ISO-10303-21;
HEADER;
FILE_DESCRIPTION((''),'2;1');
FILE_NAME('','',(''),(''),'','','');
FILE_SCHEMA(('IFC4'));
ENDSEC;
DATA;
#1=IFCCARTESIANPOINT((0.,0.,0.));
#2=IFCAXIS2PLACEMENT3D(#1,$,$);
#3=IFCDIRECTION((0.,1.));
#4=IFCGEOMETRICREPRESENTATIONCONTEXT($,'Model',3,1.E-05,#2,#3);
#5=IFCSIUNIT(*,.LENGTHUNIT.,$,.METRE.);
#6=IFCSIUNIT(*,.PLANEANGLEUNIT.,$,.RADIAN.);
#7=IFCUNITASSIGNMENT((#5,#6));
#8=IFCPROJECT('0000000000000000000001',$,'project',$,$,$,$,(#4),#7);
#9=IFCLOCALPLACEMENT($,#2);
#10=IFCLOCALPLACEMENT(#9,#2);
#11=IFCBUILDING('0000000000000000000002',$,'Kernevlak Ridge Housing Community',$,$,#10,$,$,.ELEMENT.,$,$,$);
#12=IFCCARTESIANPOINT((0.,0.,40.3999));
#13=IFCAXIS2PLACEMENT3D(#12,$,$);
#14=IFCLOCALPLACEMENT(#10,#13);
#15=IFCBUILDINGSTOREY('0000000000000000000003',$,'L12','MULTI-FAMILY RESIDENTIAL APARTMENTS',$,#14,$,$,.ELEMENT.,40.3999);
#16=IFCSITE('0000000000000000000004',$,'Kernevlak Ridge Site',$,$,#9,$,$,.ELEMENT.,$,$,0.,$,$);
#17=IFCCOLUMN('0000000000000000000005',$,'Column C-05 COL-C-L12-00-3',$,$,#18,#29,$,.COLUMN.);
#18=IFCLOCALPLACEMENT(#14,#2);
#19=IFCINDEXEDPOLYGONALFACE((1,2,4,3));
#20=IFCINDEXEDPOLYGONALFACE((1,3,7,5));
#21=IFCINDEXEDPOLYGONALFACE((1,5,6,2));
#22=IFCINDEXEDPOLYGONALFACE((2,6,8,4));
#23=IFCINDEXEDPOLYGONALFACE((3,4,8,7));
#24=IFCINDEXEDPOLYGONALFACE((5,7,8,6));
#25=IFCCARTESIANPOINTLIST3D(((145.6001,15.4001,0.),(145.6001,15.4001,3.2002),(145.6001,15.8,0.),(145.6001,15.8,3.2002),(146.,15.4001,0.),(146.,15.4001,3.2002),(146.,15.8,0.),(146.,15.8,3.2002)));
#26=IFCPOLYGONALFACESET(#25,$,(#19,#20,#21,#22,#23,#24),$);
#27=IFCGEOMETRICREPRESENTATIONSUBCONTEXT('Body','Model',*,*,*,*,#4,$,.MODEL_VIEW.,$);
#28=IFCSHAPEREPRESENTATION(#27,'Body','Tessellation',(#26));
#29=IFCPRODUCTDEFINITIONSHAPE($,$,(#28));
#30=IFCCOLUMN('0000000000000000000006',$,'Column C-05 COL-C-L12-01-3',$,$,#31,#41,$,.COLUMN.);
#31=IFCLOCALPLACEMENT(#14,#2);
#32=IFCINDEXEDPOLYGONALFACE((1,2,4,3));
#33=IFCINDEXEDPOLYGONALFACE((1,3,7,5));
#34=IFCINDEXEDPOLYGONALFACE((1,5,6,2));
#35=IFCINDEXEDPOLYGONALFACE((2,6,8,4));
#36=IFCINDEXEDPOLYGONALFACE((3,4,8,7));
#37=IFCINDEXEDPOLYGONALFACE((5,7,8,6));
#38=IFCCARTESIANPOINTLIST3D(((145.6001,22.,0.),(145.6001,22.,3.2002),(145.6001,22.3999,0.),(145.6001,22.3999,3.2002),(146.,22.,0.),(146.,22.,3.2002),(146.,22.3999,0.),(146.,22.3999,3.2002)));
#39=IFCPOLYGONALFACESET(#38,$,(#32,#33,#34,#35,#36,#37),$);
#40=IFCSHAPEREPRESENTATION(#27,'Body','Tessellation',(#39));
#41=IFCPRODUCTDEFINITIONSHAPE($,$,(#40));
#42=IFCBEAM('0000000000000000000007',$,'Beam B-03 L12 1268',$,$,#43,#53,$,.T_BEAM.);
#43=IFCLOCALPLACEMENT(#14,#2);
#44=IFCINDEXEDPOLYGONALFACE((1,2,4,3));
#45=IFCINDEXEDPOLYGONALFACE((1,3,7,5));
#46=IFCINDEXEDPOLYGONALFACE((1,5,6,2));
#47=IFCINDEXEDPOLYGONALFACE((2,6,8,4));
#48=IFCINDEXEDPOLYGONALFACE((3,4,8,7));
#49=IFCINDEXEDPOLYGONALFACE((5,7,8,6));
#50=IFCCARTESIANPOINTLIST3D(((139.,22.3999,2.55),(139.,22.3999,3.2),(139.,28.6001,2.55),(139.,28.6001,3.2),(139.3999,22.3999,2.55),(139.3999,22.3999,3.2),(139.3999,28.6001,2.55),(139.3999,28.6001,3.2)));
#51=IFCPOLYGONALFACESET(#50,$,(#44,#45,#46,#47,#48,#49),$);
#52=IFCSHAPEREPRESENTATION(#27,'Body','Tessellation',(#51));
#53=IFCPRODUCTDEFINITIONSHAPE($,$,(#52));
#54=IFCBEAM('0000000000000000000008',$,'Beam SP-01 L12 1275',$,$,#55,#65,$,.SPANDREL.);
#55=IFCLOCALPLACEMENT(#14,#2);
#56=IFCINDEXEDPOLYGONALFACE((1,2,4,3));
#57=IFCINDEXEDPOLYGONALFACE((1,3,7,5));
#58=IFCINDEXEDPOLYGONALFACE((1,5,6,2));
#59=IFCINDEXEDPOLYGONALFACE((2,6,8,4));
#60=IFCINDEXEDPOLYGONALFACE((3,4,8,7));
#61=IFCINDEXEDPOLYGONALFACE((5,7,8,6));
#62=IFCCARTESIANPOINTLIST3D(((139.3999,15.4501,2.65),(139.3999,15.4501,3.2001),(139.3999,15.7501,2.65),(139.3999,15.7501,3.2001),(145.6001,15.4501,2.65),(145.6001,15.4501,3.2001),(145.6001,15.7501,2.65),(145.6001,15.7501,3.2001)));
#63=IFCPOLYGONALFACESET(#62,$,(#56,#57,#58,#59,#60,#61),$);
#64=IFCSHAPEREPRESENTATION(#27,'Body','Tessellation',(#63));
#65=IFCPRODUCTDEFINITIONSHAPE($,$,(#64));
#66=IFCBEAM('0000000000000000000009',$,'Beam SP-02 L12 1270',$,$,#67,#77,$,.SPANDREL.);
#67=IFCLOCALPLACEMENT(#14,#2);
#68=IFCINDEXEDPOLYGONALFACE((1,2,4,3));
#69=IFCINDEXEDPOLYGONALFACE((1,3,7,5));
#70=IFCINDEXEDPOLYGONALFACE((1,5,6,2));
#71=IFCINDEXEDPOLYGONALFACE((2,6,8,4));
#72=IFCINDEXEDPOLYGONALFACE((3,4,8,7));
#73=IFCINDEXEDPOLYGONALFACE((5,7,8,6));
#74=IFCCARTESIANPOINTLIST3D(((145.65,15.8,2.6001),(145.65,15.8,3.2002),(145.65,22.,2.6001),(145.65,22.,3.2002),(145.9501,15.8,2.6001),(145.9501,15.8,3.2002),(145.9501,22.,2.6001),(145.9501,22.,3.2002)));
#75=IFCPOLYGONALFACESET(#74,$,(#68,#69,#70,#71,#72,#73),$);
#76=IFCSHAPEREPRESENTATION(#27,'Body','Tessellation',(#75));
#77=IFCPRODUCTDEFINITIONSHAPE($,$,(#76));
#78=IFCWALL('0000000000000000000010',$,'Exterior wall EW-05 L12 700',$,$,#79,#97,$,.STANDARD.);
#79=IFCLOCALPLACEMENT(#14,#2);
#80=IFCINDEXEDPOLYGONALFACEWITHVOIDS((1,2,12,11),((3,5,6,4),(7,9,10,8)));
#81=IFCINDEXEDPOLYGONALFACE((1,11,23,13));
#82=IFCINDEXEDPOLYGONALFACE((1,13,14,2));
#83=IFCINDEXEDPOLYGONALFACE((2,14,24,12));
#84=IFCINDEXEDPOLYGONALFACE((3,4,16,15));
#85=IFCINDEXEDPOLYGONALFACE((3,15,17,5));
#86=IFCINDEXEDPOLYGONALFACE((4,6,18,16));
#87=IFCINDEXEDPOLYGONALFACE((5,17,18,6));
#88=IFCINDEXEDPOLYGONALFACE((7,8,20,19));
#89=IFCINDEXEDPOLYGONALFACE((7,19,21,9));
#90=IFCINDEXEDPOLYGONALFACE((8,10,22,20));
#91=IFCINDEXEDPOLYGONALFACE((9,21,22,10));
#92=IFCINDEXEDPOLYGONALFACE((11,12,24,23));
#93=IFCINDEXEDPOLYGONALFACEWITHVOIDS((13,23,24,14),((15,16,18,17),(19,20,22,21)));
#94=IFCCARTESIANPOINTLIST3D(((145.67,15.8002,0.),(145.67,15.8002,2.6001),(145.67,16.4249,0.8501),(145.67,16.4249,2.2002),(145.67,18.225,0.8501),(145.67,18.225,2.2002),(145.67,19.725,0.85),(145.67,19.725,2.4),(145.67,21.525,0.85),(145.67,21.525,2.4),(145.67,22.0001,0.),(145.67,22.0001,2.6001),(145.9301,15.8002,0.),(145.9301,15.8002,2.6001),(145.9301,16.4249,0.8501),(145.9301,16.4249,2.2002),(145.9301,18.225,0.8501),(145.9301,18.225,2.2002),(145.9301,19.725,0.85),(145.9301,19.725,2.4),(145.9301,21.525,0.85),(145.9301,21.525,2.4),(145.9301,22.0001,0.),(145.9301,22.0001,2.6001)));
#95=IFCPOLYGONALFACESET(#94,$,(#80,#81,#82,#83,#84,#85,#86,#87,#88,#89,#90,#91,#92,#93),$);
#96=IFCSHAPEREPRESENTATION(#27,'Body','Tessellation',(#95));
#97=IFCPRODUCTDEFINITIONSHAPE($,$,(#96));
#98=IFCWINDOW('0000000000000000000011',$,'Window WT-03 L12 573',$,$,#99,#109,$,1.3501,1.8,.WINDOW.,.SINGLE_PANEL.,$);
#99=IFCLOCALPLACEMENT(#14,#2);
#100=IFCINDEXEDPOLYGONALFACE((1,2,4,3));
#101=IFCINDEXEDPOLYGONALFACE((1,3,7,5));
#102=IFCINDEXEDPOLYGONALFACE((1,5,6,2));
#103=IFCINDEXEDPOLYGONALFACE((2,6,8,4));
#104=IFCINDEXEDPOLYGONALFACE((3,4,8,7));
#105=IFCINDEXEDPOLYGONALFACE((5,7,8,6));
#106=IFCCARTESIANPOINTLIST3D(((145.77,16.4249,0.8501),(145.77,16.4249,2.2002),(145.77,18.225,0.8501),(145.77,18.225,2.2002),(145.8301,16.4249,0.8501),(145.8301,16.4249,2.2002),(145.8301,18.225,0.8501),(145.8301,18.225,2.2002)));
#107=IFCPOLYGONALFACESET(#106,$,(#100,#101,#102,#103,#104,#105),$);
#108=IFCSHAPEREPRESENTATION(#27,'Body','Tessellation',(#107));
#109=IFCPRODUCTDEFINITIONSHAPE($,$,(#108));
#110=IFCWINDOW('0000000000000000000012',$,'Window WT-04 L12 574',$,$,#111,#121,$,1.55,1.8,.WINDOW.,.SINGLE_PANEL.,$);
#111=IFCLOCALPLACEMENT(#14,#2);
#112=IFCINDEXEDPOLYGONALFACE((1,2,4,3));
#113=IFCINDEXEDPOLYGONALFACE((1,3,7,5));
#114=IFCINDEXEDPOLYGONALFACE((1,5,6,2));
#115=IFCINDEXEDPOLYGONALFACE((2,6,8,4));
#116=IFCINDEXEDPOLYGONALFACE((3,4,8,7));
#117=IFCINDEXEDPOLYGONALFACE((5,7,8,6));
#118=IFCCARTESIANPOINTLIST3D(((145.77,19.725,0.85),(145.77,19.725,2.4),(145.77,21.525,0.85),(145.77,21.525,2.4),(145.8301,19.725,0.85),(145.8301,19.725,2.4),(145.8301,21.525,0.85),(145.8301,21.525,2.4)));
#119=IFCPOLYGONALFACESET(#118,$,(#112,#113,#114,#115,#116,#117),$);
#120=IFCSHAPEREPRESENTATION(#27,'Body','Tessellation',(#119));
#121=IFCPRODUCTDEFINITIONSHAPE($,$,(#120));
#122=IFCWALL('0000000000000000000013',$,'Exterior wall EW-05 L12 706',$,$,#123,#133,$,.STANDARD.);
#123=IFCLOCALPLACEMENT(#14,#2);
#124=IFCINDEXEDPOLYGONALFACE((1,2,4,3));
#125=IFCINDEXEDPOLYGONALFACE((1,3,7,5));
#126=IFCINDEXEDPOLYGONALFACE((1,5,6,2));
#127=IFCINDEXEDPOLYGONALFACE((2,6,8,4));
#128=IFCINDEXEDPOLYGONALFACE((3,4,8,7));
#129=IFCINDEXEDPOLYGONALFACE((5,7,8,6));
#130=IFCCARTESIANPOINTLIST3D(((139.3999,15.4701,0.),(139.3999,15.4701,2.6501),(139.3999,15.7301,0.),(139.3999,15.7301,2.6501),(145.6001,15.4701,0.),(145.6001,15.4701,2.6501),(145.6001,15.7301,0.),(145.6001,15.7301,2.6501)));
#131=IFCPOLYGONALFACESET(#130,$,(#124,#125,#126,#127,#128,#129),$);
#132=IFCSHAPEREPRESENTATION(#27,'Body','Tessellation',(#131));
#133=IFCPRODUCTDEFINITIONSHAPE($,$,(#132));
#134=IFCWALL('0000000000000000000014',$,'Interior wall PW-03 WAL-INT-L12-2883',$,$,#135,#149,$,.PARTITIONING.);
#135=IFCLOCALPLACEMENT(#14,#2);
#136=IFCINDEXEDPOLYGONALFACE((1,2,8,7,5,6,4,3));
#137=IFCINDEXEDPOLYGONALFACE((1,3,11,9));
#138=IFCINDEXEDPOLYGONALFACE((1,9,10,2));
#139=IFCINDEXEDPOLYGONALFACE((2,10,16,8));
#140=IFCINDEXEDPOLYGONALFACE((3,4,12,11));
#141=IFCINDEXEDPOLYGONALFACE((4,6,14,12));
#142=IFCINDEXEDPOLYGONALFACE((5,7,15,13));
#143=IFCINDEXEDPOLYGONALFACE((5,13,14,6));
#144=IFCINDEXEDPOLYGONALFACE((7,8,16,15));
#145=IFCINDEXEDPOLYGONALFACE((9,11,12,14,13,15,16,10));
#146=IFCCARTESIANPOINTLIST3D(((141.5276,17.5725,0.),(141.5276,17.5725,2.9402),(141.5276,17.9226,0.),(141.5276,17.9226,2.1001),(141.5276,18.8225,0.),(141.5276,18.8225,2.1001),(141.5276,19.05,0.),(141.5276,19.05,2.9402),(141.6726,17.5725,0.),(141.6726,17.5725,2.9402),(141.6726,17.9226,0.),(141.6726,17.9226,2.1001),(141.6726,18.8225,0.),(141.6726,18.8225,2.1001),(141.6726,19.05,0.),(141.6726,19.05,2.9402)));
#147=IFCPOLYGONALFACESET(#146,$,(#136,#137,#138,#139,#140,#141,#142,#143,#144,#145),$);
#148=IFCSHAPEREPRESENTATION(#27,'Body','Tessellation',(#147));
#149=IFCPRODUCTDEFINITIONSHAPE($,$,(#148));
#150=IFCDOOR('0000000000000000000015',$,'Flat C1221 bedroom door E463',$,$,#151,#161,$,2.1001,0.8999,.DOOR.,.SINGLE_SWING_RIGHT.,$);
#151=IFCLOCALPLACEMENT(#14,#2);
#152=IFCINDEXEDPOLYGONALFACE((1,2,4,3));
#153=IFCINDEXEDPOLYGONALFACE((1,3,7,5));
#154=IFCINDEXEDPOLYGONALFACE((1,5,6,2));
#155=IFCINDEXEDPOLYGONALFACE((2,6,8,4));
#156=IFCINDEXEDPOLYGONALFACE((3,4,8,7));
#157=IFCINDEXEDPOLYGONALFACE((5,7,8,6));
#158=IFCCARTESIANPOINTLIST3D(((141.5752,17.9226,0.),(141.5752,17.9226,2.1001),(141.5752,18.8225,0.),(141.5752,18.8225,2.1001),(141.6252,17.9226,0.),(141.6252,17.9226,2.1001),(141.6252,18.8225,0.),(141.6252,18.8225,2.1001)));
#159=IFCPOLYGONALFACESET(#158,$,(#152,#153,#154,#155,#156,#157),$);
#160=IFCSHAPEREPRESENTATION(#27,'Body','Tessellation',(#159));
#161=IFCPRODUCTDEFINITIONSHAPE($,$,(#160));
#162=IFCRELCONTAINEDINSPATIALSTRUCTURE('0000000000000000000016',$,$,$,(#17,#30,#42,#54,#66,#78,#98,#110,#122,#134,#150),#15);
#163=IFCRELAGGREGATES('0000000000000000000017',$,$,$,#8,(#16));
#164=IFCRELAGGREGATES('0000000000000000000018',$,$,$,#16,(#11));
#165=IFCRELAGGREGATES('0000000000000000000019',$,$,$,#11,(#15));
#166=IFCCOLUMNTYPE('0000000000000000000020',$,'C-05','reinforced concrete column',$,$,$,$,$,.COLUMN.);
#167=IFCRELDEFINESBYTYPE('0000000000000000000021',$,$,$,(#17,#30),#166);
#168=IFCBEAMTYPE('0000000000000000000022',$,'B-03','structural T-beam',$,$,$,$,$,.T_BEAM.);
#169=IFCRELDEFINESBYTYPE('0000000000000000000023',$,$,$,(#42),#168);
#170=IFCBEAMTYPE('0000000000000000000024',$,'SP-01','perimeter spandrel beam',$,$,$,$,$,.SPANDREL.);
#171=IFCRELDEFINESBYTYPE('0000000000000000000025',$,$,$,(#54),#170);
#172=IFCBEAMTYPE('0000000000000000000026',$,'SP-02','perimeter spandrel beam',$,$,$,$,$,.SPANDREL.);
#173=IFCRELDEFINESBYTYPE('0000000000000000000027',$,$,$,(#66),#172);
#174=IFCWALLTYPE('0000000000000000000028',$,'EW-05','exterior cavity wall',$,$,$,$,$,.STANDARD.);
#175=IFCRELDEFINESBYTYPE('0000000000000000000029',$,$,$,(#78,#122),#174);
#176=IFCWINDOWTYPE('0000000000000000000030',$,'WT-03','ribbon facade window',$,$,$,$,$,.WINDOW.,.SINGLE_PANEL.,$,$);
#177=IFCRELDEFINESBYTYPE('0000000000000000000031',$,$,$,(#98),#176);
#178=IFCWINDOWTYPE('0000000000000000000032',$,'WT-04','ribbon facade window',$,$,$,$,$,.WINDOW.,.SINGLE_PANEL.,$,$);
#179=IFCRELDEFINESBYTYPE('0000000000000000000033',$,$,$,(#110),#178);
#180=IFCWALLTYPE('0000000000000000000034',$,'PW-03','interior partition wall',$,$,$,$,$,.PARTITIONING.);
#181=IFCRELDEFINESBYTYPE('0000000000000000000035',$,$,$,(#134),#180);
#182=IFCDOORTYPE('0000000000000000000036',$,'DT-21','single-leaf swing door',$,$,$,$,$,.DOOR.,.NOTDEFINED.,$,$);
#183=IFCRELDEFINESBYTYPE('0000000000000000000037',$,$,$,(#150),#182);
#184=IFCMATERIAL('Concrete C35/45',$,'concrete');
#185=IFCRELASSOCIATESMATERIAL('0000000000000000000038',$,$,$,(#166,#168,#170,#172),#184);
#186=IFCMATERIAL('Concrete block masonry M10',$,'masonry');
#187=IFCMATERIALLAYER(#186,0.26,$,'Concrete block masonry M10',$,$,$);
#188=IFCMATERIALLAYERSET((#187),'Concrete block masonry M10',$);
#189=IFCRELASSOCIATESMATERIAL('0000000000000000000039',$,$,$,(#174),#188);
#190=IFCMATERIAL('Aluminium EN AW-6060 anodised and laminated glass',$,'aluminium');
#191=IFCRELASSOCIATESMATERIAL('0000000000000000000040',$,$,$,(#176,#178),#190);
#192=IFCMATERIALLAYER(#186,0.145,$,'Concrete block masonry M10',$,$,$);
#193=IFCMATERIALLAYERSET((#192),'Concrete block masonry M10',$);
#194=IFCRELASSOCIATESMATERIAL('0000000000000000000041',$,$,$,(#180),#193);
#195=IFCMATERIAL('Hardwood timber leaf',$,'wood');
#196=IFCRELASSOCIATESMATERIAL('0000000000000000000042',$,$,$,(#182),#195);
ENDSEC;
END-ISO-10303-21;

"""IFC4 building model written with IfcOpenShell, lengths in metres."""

from ifc_helpers import new_model, si_unit, direction, frame, frame_2d, origin, origin_2d, place, context, subcontext, project, spatial, rectangle, extrude, material, layer, layer_set, material_profile, profile_set, type_object, element, fill, save


model = new_model("IFC4")

# Units and contexts
model_context = context("Model", 3, precision=1e-05, world=origin(), true_north=direction((0.0, 1.0)))
body_context = subcontext(model_context, "Body", "Model", "MODEL_VIEW")
ifc_project = project(units=[si_unit("LENGTHUNIT", "METRE"), si_unit("PLANEANGLEUNIT", "RADIAN")], contexts=[model_context])

# Site, building, storey
site_placement = place(None, origin())
site = spatial("IfcSite", under=ifc_project, at=site_placement, Name="Kernevlak Ridge Site", CompositionType="ELEMENT", RefElevation=0.0)
building_placement = place(site_placement, origin())
building = spatial("IfcBuilding", under=site, at=building_placement, Name="Kernevlak Ridge Housing Community", CompositionType="ELEMENT")
storey_placement = place(building_placement, frame((0.0, 0.0, 40.3999)))
storey = spatial("IfcBuildingStorey", under=building, at=storey_placement, Name="L12", Description="MULTI-FAMILY RESIDENTIAL APARTMENTS", CompositionType="ELEMENT", Elevation=40.3999)

# Columns
ifc_material_1 = material(Name="Concrete C35/45", Category="concrete")
ifc_material_profile_1 = material_profile(ifc_material_1, rectangle(XDim=0.3999, YDim=0.3999, at=origin_2d()), Name="RC 400x400")
ifc_profile_set_1 = profile_set([ifc_material_profile_1], Name="Concrete C35/45")
column_type = type_object("IfcColumnType", Name="C-05", Description="reinforced concrete column", PredefinedType="COLUMN", material=ifc_profile_set_1)
for number, where, z_axis, x_axis, name in (
    (1, (145.8, 15.6001, 0.0), (0.0, 0.0, 1.0), (1.0, 0.0, 0.0), "Column C-05 COL-C-L12-00-3"),
    (2, (145.8, 22.2, 0.0), (0.0, 0.0, 1.0), (1.0, 0.0, 0.0), "Column C-05 COL-C-L12-01-3"),
):
    element("IfcColumn", number, at=place(storey_placement, frame(where, z_axis=z_axis, x_axis=x_axis)), inside=storey, type_object=column_type, Name=name, PredefinedType="COLUMN", context=body_context, shape_type="SweptSolid", body=[
        extrude(rectangle(XDim=0.3999, YDim=0.3999, at=origin_2d()), origin(), (0.0, 0.0, 1.0), 3.2002),
    ])

# Beams
ifc_material_profile_2 = material_profile(ifc_material_1, rectangle(XDim=0.3999, YDim=0.6499, at=origin_2d()), Name="RC 400x650")
ifc_profile_set_2 = profile_set([ifc_material_profile_2], Name="Concrete C35/45")
beam_type_1 = type_object("IfcBeamType", Name="B-03", Description="structural T-beam", PredefinedType="T_BEAM", material=ifc_profile_set_2)
beam_1_placement = place(storey_placement, frame((139.2, 22.3999, 2.875), z_axis=(0.0, 1.0, 0.0), x_axis=(-1.0, 0.0, 0.0)))
element("IfcBeam", 3, at=beam_1_placement, inside=storey, type_object=beam_type_1, Name="Beam B-03 L12 1268", PredefinedType="T_BEAM", context=body_context, shape_type="SweptSolid", body=[
    extrude(rectangle(XDim=0.3999, YDim=0.6499, at=origin_2d()), origin(), (0.0, 0.0, 1.0), 6.2002),
])
ifc_material_profile_3 = material_profile(ifc_material_1, rectangle(XDim=0.3, YDim=0.55, at=origin_2d()), Name="RC 300x550")
ifc_profile_set_3 = profile_set([ifc_material_profile_3], Name="Concrete C35/45")
beam_type_2 = type_object("IfcBeamType", Name="SP-01", Description="perimeter spandrel beam", PredefinedType="SPANDREL", material=ifc_profile_set_3)
beam_2_placement = place(storey_placement, frame((139.3999, 15.6001, 2.925), z_axis=(1.0, 0.0, 0.0), x_axis=(0.0, 1.0, 0.0)))
element("IfcBeam", 4, at=beam_2_placement, inside=storey, type_object=beam_type_2, Name="Beam SP-01 L12 1275", PredefinedType="SPANDREL", context=body_context, shape_type="SweptSolid", body=[
    extrude(rectangle(XDim=0.3, YDim=0.55, at=origin_2d()), origin(), (0.0, 0.0, 1.0), 6.2002),
])
ifc_material_profile_4 = material_profile(ifc_material_1, rectangle(XDim=0.3, YDim=0.6001, at=origin_2d()), Name="RC 300x600")
ifc_profile_set_4 = profile_set([ifc_material_profile_4], Name="Concrete C35/45")
beam_type_3 = type_object("IfcBeamType", Name="SP-02", Description="perimeter spandrel beam", PredefinedType="SPANDREL", material=ifc_profile_set_4)
beam_3_placement = place(storey_placement, frame((145.8, 15.8, 2.9001), z_axis=(0.0, 1.0, 0.0), x_axis=(-1.0, 0.0, 0.0)))
element("IfcBeam", 5, at=beam_3_placement, inside=storey, type_object=beam_type_3, Name="Beam SP-02 L12 1270", PredefinedType="SPANDREL", context=body_context, shape_type="SweptSolid", body=[
    extrude(rectangle(XDim=0.3, YDim=0.6001, at=origin_2d()), origin(), (0.0, 0.0, 1.0), 6.2),
])

# Wall, openings, windows
ifc_material_2 = material(Name="Concrete block masonry M10", Category="masonry")
ifc_layer_1 = layer(ifc_material_2, 0.26, Name="Concrete block masonry M10")
ifc_layer_set_1 = layer_set([ifc_layer_1], Name="Concrete block masonry M10")
wall_type_1 = type_object("IfcWallType", Name="EW-05", Description="exterior cavity wall", PredefinedType="STANDARD", material=ifc_layer_set_1)
wall_1_placement = place(storey_placement, frame((145.8, 15.8, 0.0), z_axis=(0.0, 0.0, 1.0), x_axis=(0.0, 1.0, 0.0)))
wall_1 = element("IfcWall", 6, at=wall_1_placement, inside=storey, type_object=wall_type_1, Name="Exterior wall EW-05 L12 700", PredefinedType="STANDARD", context=body_context, shape_type="SweptSolid", body=[
    extrude(rectangle(XDim=6.2, YDim=0.26, at=frame_2d((3.1001, 0.0))), origin(), (0.0, 0.0, 1.0), 2.6001),
])
opening_1_placement = place(wall_1_placement, frame((0.625, 0.0, 0.8501)))
opening_1 = element("IfcOpeningElement", 7, at=opening_1_placement, cuts=wall_1, PredefinedType="OPENING", context=body_context, shape_type="SweptSolid", body=[
    extrude(rectangle(XDim=1.8, YDim=1.3501, at=frame_2d((0.8999, 0.675))), frame((0.0, 0.1399, 0.0), z_axis=(0.0, -1.0, 0.0), x_axis=(1.0, 0.0, 0.0)), (0.0, 0.0, 1.0), 0.28),
])
opening_2_placement = place(wall_1_placement, frame((3.925, 0.0, 0.8501)))
opening_2 = element("IfcOpeningElement", 8, at=opening_2_placement, cuts=wall_1, PredefinedType="OPENING", context=body_context, shape_type="SweptSolid", body=[
    extrude(rectangle(XDim=1.8, YDim=1.55, at=frame_2d((0.8999, 0.7749))), frame((0.0, 0.1399, 0.0), z_axis=(0.0, -1.0, 0.0), x_axis=(1.0, 0.0, 0.0)), (0.0, 0.0, 1.0), 0.28),
])
ifc_material_3 = material(Name="Aluminium EN AW-6060 anodised and laminated glass", Category="aluminium")
window_type_1 = type_object("IfcWindowType", Name="WT-03", Description="ribbon facade window", PartitioningType="SINGLE_PANEL", PredefinedType="WINDOW", material=ifc_material_3)
window_1_placement = place(opening_1_placement, origin())
window_1 = element("IfcWindow", 9, at=window_1_placement, inside=storey, type_object=window_type_1, Name="Window WT-03 L12 573", OverallHeight=1.3501, OverallWidth=1.8, PartitioningType="SINGLE_PANEL", PredefinedType="WINDOW", context=body_context, shape_type="SweptSolid", body=[
    extrude(rectangle(XDim=1.8, YDim=1.3501, at=frame_2d((0.8999, 0.675))), frame((0.0, 0.03, 0.0), z_axis=(0.0, -1.0, 0.0), x_axis=(1.0, 0.0, 0.0)), (0.0, 0.0, 1.0), 0.0601),
])
fill(opening_1, window_1)
window_type_2 = type_object("IfcWindowType", Name="WT-04", Description="ribbon facade window", PartitioningType="SINGLE_PANEL", PredefinedType="WINDOW", material=ifc_material_3)
window_2_placement = place(opening_2_placement, origin())
window_2 = element("IfcWindow", 10, at=window_2_placement, inside=storey, type_object=window_type_2, Name="Window WT-04 L12 574", OverallHeight=1.55, OverallWidth=1.8, PartitioningType="SINGLE_PANEL", PredefinedType="WINDOW", context=body_context, shape_type="SweptSolid", body=[
    extrude(rectangle(XDim=1.8, YDim=1.55, at=frame_2d((0.8999, 0.7749))), frame((0.0, 0.03, 0.0), z_axis=(0.0, -1.0, 0.0), x_axis=(1.0, 0.0, 0.0)), (0.0, 0.0, 1.0), 0.0601),
])
fill(opening_2, window_2)

# Wall
wall_2_placement = place(storey_placement, frame((139.3999, 15.6001, 0.0), z_axis=(0.0, 0.0, 1.0), x_axis=(1.0, 0.0, 0.0)))
element("IfcWall", 11, at=wall_2_placement, inside=storey, type_object=wall_type_1, Name="Exterior wall EW-05 L12 706", PredefinedType="STANDARD", context=body_context, shape_type="SweptSolid", body=[
    extrude(rectangle(XDim=6.2002, YDim=0.26, at=frame_2d((3.1001, 0.0))), origin(), (0.0, 0.0, 1.0), 2.6501),
])

# Wall, opening, door
ifc_layer_2 = layer(ifc_material_2, 0.145, Name="Concrete block masonry M10")
ifc_layer_set_2 = layer_set([ifc_layer_2], Name="Concrete block masonry M10")
wall_type_2 = type_object("IfcWallType", Name="PW-03", Description="interior partition wall", PredefinedType="PARTITIONING", material=ifc_layer_set_2)
wall_3_placement = place(storey_placement, frame((141.6001, 17.5725, 0.0), z_axis=(0.0, 0.0, 1.0), x_axis=(0.0, 1.0, 0.0)))
wall_3 = element("IfcWall", 12, at=wall_3_placement, inside=storey, type_object=wall_type_2, Name="Interior wall PW-03 WAL-INT-L12-2883", PredefinedType="PARTITIONING", context=body_context, shape_type="SweptSolid", body=[
    extrude(rectangle(XDim=1.4775, YDim=0.145, at=frame_2d((0.7388, 0.0))), origin(), (0.0, 0.0, 1.0), 2.9402),
])
opening_3_placement = place(wall_3_placement, frame((0.3501, 0.0, 0.0)))
opening_3 = element("IfcOpeningElement", 13, at=opening_3_placement, cuts=wall_3, PredefinedType="OPENING", context=body_context, shape_type="SweptSolid", body=[
    extrude(rectangle(XDim=0.8999, YDim=2.1001, at=frame_2d((0.45, 1.05))), frame((0.0, 0.0825, 0.0), z_axis=(0.0, -1.0, 0.0), x_axis=(1.0, 0.0, 0.0)), (0.0, 0.0, 1.0), 0.165),
])
ifc_material_4 = material(Name="Hardwood timber leaf", Category="wood")
door_type_1 = type_object("IfcDoorType", Name="DT-21", Description="single-leaf swing door", OperationType="NOTDEFINED", PredefinedType="DOOR", material=ifc_material_4)
door_1_placement = place(opening_3_placement, origin())
door_1 = element("IfcDoor", 14, at=door_1_placement, inside=storey, type_object=door_type_1, Name="Flat C1221 bedroom door E463", OperationType="SINGLE_SWING_RIGHT", OverallHeight=2.1001, OverallWidth=0.8999, PredefinedType="DOOR", context=body_context, shape_type="SweptSolid", body=[
    extrude(rectangle(XDim=0.8999, YDim=2.1001, at=frame_2d((0.45, 1.05))), frame((0.0, 0.0249, 0.0), z_axis=(0.0, -1.0, 0.0), x_axis=(1.0, 0.0, 0.0)), (0.0, 0.0, 1.0), 0.05),
])
fill(opening_3, door_1)

save(model, "model.ifc")
